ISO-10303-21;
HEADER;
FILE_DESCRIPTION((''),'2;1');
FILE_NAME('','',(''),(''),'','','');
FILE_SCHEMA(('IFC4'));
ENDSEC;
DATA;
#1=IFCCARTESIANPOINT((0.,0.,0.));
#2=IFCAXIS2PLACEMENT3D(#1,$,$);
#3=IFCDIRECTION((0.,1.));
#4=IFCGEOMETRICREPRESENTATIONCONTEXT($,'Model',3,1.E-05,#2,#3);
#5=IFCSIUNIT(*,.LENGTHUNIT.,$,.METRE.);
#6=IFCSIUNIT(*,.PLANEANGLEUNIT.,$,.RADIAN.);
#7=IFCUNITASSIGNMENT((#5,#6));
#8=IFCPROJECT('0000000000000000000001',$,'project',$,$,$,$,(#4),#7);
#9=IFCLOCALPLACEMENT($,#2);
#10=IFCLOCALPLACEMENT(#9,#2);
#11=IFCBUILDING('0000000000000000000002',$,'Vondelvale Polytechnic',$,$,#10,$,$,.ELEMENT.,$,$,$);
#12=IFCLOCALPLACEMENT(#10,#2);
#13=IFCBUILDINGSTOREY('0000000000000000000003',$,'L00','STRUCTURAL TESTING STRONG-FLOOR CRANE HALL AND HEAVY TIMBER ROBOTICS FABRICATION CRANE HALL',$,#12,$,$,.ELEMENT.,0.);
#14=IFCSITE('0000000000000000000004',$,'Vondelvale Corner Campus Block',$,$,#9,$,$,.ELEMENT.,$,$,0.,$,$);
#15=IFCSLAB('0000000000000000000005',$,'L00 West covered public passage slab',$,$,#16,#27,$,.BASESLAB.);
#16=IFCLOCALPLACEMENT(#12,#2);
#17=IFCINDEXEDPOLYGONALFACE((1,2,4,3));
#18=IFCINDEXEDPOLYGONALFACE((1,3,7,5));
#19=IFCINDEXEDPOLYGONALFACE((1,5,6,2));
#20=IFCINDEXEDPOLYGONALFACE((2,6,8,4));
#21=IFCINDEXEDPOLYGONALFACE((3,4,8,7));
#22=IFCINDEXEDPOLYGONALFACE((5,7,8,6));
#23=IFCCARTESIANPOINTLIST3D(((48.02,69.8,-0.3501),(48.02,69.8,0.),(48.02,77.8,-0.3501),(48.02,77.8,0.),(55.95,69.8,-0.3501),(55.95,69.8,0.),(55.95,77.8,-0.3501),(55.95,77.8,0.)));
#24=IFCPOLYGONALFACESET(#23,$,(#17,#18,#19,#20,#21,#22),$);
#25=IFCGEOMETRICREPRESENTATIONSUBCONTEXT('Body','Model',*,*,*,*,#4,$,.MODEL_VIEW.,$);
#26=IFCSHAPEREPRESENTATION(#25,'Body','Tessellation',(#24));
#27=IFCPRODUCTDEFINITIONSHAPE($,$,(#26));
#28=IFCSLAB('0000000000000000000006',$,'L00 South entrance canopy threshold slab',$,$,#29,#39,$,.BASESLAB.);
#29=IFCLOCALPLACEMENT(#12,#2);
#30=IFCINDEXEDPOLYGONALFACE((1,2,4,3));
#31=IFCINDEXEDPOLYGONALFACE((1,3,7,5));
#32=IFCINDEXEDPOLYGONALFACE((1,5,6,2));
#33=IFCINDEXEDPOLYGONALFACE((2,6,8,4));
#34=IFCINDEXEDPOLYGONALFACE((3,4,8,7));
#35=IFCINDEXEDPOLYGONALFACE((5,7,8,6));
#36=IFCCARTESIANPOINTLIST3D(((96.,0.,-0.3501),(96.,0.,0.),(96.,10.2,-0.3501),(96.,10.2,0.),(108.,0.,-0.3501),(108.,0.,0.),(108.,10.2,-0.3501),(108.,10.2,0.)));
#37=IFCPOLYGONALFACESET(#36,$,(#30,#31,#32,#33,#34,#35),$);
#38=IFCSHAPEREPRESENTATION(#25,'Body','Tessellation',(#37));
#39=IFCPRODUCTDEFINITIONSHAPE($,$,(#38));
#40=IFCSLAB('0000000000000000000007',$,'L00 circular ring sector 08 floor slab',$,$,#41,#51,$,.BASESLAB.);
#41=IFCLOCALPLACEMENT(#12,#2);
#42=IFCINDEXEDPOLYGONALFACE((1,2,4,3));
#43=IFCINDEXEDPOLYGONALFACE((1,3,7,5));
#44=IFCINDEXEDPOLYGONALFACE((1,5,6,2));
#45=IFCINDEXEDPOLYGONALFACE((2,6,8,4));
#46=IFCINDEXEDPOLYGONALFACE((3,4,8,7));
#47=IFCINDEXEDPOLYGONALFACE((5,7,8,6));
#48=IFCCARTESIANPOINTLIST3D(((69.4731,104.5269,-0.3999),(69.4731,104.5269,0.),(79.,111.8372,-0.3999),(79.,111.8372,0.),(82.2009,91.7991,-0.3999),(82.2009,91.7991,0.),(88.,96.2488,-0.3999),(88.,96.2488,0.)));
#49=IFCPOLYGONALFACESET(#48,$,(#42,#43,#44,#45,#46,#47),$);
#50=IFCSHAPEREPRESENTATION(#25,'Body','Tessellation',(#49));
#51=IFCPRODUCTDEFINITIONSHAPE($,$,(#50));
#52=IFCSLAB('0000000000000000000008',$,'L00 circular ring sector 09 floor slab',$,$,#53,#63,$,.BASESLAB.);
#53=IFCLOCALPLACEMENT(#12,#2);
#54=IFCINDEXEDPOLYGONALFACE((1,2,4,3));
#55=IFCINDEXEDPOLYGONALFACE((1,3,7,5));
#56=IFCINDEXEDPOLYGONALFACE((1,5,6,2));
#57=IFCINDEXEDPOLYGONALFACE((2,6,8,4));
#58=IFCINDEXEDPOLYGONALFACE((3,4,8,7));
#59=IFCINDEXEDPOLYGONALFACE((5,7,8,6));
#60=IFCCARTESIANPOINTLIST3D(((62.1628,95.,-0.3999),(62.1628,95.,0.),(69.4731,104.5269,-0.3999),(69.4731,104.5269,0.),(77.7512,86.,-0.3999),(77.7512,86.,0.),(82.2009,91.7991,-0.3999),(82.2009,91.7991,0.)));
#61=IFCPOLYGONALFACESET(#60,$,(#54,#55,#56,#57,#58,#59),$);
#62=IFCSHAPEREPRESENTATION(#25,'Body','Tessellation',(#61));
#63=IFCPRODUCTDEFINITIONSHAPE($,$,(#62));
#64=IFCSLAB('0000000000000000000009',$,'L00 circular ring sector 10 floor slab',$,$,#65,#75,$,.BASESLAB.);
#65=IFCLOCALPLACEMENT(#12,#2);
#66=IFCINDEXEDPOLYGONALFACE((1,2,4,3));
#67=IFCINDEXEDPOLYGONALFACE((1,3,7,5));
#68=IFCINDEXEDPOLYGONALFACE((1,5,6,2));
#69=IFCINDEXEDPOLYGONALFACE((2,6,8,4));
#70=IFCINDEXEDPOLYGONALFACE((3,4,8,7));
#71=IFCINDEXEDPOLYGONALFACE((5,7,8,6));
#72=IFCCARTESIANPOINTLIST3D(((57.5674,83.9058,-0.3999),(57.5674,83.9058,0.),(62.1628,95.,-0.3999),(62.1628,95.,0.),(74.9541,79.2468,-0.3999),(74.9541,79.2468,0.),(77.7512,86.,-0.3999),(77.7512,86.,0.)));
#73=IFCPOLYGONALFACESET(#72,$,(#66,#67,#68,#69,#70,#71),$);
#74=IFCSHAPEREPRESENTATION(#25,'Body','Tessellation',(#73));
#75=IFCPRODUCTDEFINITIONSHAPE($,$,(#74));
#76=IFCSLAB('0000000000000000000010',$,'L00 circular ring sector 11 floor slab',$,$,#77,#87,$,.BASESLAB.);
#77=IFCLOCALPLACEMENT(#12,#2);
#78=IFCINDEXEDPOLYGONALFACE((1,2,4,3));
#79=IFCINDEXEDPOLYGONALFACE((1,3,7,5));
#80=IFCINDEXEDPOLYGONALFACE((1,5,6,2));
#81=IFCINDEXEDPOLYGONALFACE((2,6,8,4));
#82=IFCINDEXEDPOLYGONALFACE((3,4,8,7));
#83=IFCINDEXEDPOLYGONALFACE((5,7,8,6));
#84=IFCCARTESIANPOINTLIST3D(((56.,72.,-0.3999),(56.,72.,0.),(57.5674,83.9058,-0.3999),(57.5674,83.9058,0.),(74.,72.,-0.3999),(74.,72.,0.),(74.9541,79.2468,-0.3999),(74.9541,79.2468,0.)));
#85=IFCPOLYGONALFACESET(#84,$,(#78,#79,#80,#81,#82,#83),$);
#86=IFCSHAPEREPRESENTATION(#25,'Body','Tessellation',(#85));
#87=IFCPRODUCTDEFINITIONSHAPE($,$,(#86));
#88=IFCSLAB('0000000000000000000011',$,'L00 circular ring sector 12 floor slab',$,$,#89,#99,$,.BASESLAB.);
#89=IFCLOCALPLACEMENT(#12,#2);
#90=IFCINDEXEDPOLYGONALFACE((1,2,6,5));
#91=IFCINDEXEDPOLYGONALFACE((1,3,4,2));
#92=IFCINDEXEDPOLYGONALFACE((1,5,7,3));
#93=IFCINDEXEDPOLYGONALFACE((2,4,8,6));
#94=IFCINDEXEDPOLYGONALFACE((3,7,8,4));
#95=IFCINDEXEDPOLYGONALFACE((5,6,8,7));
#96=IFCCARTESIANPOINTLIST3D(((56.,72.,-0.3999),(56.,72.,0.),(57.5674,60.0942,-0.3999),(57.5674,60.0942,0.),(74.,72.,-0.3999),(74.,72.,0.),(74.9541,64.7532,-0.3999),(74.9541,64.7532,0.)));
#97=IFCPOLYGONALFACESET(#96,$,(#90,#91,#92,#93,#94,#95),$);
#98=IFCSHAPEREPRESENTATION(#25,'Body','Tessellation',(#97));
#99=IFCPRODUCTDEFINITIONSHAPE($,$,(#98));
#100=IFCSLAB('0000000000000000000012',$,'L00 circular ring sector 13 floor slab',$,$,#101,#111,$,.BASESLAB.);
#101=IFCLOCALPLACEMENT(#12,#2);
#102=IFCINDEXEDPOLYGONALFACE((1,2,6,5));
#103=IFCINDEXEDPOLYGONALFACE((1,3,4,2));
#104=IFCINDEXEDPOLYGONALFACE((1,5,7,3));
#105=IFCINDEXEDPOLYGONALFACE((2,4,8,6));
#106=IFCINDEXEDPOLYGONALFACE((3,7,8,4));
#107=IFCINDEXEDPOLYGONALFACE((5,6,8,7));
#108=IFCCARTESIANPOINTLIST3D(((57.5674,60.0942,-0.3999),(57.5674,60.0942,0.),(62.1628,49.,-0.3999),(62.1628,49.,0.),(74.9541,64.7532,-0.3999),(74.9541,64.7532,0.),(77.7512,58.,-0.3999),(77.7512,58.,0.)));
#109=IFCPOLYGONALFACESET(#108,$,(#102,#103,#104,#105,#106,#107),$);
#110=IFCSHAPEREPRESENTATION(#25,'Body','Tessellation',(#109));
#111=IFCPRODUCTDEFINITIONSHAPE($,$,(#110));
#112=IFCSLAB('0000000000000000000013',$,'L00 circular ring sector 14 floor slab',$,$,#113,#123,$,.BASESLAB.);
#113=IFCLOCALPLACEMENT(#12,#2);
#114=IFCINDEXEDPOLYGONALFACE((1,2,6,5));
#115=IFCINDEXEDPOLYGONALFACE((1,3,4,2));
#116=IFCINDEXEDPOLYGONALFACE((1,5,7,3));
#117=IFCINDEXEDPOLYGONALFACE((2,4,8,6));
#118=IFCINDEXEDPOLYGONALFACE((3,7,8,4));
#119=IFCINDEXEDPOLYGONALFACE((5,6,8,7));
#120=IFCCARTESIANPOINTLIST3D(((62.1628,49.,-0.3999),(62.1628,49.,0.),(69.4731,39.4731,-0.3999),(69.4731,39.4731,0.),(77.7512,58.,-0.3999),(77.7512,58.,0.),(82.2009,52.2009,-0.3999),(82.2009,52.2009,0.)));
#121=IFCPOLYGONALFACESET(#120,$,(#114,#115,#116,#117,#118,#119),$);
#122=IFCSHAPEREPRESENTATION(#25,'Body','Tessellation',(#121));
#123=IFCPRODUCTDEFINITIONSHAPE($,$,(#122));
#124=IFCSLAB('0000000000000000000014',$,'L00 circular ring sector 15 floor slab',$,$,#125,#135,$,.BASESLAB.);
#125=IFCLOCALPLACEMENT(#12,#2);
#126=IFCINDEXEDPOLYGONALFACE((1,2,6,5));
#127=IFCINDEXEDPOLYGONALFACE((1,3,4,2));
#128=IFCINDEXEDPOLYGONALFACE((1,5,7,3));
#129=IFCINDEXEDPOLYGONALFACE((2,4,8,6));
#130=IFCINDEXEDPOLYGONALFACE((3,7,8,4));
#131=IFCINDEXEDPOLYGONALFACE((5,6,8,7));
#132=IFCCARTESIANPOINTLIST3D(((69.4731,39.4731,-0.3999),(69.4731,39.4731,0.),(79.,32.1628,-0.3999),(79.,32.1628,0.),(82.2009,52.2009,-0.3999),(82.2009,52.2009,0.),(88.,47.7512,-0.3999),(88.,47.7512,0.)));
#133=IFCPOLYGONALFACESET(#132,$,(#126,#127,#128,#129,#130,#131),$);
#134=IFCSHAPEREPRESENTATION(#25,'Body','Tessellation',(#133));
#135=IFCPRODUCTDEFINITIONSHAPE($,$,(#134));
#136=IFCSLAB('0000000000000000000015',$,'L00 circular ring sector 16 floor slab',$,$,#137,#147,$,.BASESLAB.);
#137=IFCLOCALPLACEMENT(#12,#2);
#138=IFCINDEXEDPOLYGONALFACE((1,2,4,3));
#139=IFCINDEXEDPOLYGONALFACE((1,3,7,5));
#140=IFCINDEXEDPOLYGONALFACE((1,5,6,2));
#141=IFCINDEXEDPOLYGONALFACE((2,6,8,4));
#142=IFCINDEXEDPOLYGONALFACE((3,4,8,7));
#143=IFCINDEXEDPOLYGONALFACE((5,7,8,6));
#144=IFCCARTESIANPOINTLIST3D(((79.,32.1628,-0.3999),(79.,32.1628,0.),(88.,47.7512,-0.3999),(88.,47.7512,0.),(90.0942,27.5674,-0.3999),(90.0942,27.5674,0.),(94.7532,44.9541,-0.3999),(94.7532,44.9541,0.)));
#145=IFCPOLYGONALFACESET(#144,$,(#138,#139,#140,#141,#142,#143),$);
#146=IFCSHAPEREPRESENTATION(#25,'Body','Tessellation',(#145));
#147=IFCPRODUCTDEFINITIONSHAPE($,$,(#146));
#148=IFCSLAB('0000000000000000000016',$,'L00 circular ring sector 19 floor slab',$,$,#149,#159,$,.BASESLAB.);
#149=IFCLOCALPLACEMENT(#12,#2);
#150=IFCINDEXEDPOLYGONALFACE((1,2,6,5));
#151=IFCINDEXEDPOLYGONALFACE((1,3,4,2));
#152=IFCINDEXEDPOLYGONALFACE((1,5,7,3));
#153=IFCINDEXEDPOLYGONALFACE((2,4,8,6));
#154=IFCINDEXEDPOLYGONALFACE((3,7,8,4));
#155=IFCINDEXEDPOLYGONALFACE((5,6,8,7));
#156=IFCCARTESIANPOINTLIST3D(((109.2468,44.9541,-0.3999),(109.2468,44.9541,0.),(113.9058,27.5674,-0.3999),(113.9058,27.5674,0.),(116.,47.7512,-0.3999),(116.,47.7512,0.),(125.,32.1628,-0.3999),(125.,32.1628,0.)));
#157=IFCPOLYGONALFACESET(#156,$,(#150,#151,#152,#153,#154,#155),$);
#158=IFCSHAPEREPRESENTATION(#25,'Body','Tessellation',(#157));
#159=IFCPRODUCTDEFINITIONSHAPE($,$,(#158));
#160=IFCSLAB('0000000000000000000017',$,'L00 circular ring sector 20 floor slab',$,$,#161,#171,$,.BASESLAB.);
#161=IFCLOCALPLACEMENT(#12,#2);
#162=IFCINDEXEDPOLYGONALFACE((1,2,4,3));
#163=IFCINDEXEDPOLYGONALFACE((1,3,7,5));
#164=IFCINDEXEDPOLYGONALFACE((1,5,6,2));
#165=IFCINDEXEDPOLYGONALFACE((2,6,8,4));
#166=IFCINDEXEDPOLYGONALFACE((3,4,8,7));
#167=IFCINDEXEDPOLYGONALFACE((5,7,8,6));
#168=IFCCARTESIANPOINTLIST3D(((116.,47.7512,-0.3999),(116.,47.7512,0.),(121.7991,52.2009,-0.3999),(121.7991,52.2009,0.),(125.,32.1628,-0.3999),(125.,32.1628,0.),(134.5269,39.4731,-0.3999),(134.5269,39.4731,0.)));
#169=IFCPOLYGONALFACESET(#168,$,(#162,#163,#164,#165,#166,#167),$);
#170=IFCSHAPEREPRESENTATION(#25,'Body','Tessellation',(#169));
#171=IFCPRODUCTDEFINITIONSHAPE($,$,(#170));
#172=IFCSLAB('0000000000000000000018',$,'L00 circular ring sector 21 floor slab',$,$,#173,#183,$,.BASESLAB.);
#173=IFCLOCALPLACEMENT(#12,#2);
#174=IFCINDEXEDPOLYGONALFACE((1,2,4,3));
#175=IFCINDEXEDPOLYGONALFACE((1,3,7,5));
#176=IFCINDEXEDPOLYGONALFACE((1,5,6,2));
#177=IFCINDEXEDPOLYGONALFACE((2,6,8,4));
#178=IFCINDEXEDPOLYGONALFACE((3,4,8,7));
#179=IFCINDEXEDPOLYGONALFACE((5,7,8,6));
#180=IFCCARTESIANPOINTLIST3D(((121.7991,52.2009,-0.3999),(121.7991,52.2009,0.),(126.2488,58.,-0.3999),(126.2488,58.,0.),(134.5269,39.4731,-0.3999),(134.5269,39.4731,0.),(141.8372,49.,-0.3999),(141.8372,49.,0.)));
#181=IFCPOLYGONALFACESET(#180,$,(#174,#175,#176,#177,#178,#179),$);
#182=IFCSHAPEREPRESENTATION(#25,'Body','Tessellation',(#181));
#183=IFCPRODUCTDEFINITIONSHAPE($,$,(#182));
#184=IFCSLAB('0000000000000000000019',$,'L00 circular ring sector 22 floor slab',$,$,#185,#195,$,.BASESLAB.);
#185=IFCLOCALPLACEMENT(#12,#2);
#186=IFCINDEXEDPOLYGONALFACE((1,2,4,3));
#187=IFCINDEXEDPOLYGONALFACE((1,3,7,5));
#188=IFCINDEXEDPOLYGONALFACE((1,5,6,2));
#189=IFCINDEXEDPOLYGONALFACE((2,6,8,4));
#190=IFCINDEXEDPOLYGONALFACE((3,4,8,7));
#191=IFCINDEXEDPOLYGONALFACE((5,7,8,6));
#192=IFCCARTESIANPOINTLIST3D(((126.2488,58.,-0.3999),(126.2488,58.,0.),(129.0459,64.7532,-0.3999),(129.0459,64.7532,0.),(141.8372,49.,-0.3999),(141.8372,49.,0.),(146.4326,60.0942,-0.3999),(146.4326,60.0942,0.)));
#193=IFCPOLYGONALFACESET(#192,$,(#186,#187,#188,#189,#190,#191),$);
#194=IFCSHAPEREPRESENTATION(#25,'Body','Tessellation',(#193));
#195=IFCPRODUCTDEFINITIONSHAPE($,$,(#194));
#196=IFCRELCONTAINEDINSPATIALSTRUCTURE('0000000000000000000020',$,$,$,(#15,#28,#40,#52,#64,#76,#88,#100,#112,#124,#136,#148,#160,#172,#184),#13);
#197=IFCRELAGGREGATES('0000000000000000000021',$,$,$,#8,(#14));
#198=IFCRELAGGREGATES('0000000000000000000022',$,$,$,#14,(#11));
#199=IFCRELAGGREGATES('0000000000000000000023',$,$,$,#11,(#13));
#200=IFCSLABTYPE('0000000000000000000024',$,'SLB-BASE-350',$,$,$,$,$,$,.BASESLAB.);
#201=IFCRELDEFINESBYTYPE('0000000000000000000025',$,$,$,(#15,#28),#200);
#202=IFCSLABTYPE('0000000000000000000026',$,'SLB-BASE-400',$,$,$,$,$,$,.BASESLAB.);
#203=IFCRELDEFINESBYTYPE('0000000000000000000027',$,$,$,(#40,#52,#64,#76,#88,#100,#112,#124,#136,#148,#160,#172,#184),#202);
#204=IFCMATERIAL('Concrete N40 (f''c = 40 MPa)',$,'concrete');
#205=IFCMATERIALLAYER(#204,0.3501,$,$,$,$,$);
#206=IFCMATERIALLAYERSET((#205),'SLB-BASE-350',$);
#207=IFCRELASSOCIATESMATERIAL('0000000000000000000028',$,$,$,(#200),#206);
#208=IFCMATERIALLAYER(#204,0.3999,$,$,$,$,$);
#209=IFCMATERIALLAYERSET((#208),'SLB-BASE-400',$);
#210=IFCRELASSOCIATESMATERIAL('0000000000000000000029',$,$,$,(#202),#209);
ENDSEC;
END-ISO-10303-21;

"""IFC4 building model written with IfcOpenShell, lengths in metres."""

from ifc_helpers import new_model, si_unit, direction, frame, origin, place, context, subcontext, project, spatial, polyline, outline, extrude, material, layer, layer_set, type_object, element, save


model = new_model("IFC4")

# Units and contexts
model_context = context("Model", 3, precision=1e-05, world=origin(), true_north=direction((0.0, 1.0)))
body_context = subcontext(model_context, "Body", "Model", "MODEL_VIEW")
ifc_project = project(units=[si_unit("LENGTHUNIT", "METRE"), si_unit("PLANEANGLEUNIT", "RADIAN")], contexts=[model_context])

# Site, building, storey
site_placement = place(None, origin())
site = spatial("IfcSite", under=ifc_project, at=site_placement, Name="Vondelvale Corner Campus Block", CompositionType="ELEMENT", RefElevation=0.0)
building_placement = place(site_placement, origin())
building = spatial("IfcBuilding", under=site, at=building_placement, Name="Vondelvale Polytechnic", CompositionType="ELEMENT")
storey_placement = place(building_placement, origin())
storey = spatial("IfcBuildingStorey", under=building, at=storey_placement, Name="L00", Description="STRUCTURAL TESTING STRONG-FLOOR CRANE HALL AND HEAVY TIMBER ROBOTICS FABRICATION CRANE HALL", CompositionType="ELEMENT", Elevation=0.0)

# Slabs
ifc_material_1 = material(Name="Concrete N40 (f'c = 40 MPa)", Category="concrete")
ifc_layer_1 = layer(ifc_material_1, 0.3501)
ifc_layer_set_1 = layer_set([ifc_layer_1], Name="SLB-BASE-350")
slab_type_1 = type_object("IfcSlabType", Name="SLB-BASE-350", PredefinedType="BASESLAB", material=ifc_layer_set_1)
slab_1_placement = place(storey_placement, frame((0.0, 0.0, -0.3501)))
element("IfcSlab", 1, at=slab_1_placement, inside=storey, type_object=slab_type_1, Name="L00 West covered public passage slab", PredefinedType="BASESLAB", context=body_context, shape_type="SweptSolid", body=[
    extrude(outline(polyline([(48.02, 69.8), (55.95, 69.8), (55.95, 77.8), (48.02, 77.8), (48.02, 69.8)])), origin(), (0.0, 0.0, 1.0), 0.3501),
])
slab_2_placement = place(storey_placement, frame((0.0, 0.0, -0.3501)))
element("IfcSlab", 2, at=slab_2_placement, inside=storey, type_object=slab_type_1, Name="L00 South entrance canopy threshold slab", PredefinedType="BASESLAB", context=body_context, shape_type="SweptSolid", body=[
    extrude(outline(polyline([(96.0, 0.0), (108.0, 0.0), (108.0, 10.2), (96.0, 10.2), (96.0, 0.0)])), origin(), (0.0, 0.0, 1.0), 0.3501),
])
ifc_layer_2 = layer(ifc_material_1, 0.3999)
ifc_layer_set_2 = layer_set([ifc_layer_2], Name="SLB-BASE-400")
slab_type_2 = type_object("IfcSlabType", Name="SLB-BASE-400", PredefinedType="BASESLAB", material=ifc_layer_set_2)
slab_3_placement = place(storey_placement, frame((0.0, 0.0, -0.3999)))
element("IfcSlab", 3, at=slab_3_placement, inside=storey, type_object=slab_type_2, Name="L00 circular ring sector 08 floor slab", PredefinedType="BASESLAB", context=body_context, shape_type="SweptSolid", body=[
    extrude(outline(polyline([(88.0, 96.2488), (79.0, 111.8372), (69.4731, 104.5269), (82.2009, 91.7991), (88.0, 96.2488)])), origin(), (0.0, 0.0, 1.0), 0.3999),
])
slab_4_placement = place(storey_placement, frame((0.0, 0.0, -0.3999)))
element("IfcSlab", 4, at=slab_4_placement, inside=storey, type_object=slab_type_2, Name="L00 circular ring sector 09 floor slab", PredefinedType="BASESLAB", context=body_context, shape_type="SweptSolid", body=[
    extrude(outline(polyline([(82.2009, 91.7991), (69.4731, 104.5269), (62.1628, 95.0), (77.7512, 86.0), (82.2009, 91.7991)])), origin(), (0.0, 0.0, 1.0), 0.3999),
])
slab_5_placement = place(storey_placement, frame((0.0, 0.0, -0.3999)))
element("IfcSlab", 5, at=slab_5_placement, inside=storey, type_object=slab_type_2, Name="L00 circular ring sector 10 floor slab", PredefinedType="BASESLAB", context=body_context, shape_type="SweptSolid", body=[
    extrude(outline(polyline([(77.7512, 86.0), (62.1628, 95.0), (57.5674, 83.9058), (74.9541, 79.2468), (77.7512, 86.0)])), origin(), (0.0, 0.0, 1.0), 0.3999),
])
slab_6_placement = place(storey_placement, frame((0.0, 0.0, -0.3999)))
element("IfcSlab", 6, at=slab_6_placement, inside=storey, type_object=slab_type_2, Name="L00 circular ring sector 11 floor slab", PredefinedType="BASESLAB", context=body_context, shape_type="SweptSolid", body=[
    extrude(outline(polyline([(74.9541, 79.2468), (57.5674, 83.9058), (56.0, 72.0), (74.0, 72.0), (74.9541, 79.2468)])), origin(), (0.0, 0.0, 1.0), 0.3999),
])
slab_7_placement = place(storey_placement, frame((0.0, 0.0, -0.3999)))
element("IfcSlab", 7, at=slab_7_placement, inside=storey, type_object=slab_type_2, Name="L00 circular ring sector 12 floor slab", PredefinedType="BASESLAB", context=body_context, shape_type="SweptSolid", body=[
    extrude(outline(polyline([(74.0, 72.0), (56.0, 72.0), (57.5674, 60.0942), (74.9541, 64.7532), (74.0, 72.0)])), origin(), (0.0, 0.0, 1.0), 0.3999),
])
slab_8_placement = place(storey_placement, frame((0.0, 0.0, -0.3999)))
element("IfcSlab", 8, at=slab_8_placement, inside=storey, type_object=slab_type_2, Name="L00 circular ring sector 13 floor slab", PredefinedType="BASESLAB", context=body_context, shape_type="SweptSolid", body=[
    extrude(outline(polyline([(74.9541, 64.7532), (57.5674, 60.0942), (62.1628, 49.0), (77.7512, 58.0), (74.9541, 64.7532)])), origin(), (0.0, 0.0, 1.0), 0.3999),
])
slab_9_placement = place(storey_placement, frame((0.0, 0.0, -0.3999)))
element("IfcSlab", 9, at=slab_9_placement, inside=storey, type_object=slab_type_2, Name="L00 circular ring sector 14 floor slab", PredefinedType="BASESLAB", context=body_context, shape_type="SweptSolid", body=[
    extrude(outline(polyline([(77.7512, 58.0), (62.1628, 49.0), (69.4731, 39.4731), (82.2009, 52.2009), (77.7512, 58.0)])), origin(), (0.0, 0.0, 1.0), 0.3999),
])
slab_10_placement = place(storey_placement, frame((0.0, 0.0, -0.3999)))
element("IfcSlab", 10, at=slab_10_placement, inside=storey, type_object=slab_type_2, Name="L00 circular ring sector 15 floor slab", PredefinedType="BASESLAB", context=body_context, shape_type="SweptSolid", body=[
    extrude(outline(polyline([(82.2009, 52.2009), (69.4731, 39.4731), (79.0, 32.1628), (88.0, 47.7512), (82.2009, 52.2009)])), origin(), (0.0, 0.0, 1.0), 0.3999),
])
slab_11_placement = place(storey_placement, frame((0.0, 0.0, -0.3999)))
element("IfcSlab", 11, at=slab_11_placement, inside=storey, type_object=slab_type_2, Name="L00 circular ring sector 16 floor slab", PredefinedType="BASESLAB", context=body_context, shape_type="SweptSolid", body=[
    extrude(outline(polyline([(88.0, 47.7512), (79.0, 32.1628), (90.0942, 27.5674), (94.7532, 44.9541), (88.0, 47.7512)])), origin(), (0.0, 0.0, 1.0), 0.3999),
])
slab_12_placement = place(storey_placement, frame((0.0, 0.0, -0.3999)))
element("IfcSlab", 12, at=slab_12_placement, inside=storey, type_object=slab_type_2, Name="L00 circular ring sector 19 floor slab", PredefinedType="BASESLAB", context=body_context, shape_type="SweptSolid", body=[
    extrude(outline(polyline([(109.2468, 44.9541), (113.9058, 27.5674), (125.0, 32.1628), (116.0, 47.7512), (109.2468, 44.9541)])), origin(), (0.0, 0.0, 1.0), 0.3999),
])
slab_13_placement = place(storey_placement, frame((0.0, 0.0, -0.3999)))
element("IfcSlab", 13, at=slab_13_placement, inside=storey, type_object=slab_type_2, Name="L00 circular ring sector 20 floor slab", PredefinedType="BASESLAB", context=body_context, shape_type="SweptSolid", body=[
    extrude(outline(polyline([(116.0, 47.7512), (125.0, 32.1628), (134.5269, 39.4731), (121.7991, 52.2009), (116.0, 47.7512)])), origin(), (0.0, 0.0, 1.0), 0.3999),
])
slab_14_placement = place(storey_placement, frame((0.0, 0.0, -0.3999)))
element("IfcSlab", 14, at=slab_14_placement, inside=storey, type_object=slab_type_2, Name="L00 circular ring sector 21 floor slab", PredefinedType="BASESLAB", context=body_context, shape_type="SweptSolid", body=[
    extrude(outline(polyline([(121.7991, 52.2009), (134.5269, 39.4731), (141.8372, 49.0), (126.2488, 58.0), (121.7991, 52.2009)])), origin(), (0.0, 0.0, 1.0), 0.3999),
])
slab_15_placement = place(storey_placement, frame((0.0, 0.0, -0.3999)))
element("IfcSlab", 15, at=slab_15_placement, inside=storey, type_object=slab_type_2, Name="L00 circular ring sector 22 floor slab", PredefinedType="BASESLAB", context=body_context, shape_type="SweptSolid", body=[
    extrude(outline(polyline([(126.2488, 58.0), (141.8372, 49.0), (146.4326, 60.0942), (129.0459, 64.7532), (126.2488, 58.0)])), origin(), (0.0, 0.0, 1.0), 0.3999),
])

save(model, "model.ifc")
